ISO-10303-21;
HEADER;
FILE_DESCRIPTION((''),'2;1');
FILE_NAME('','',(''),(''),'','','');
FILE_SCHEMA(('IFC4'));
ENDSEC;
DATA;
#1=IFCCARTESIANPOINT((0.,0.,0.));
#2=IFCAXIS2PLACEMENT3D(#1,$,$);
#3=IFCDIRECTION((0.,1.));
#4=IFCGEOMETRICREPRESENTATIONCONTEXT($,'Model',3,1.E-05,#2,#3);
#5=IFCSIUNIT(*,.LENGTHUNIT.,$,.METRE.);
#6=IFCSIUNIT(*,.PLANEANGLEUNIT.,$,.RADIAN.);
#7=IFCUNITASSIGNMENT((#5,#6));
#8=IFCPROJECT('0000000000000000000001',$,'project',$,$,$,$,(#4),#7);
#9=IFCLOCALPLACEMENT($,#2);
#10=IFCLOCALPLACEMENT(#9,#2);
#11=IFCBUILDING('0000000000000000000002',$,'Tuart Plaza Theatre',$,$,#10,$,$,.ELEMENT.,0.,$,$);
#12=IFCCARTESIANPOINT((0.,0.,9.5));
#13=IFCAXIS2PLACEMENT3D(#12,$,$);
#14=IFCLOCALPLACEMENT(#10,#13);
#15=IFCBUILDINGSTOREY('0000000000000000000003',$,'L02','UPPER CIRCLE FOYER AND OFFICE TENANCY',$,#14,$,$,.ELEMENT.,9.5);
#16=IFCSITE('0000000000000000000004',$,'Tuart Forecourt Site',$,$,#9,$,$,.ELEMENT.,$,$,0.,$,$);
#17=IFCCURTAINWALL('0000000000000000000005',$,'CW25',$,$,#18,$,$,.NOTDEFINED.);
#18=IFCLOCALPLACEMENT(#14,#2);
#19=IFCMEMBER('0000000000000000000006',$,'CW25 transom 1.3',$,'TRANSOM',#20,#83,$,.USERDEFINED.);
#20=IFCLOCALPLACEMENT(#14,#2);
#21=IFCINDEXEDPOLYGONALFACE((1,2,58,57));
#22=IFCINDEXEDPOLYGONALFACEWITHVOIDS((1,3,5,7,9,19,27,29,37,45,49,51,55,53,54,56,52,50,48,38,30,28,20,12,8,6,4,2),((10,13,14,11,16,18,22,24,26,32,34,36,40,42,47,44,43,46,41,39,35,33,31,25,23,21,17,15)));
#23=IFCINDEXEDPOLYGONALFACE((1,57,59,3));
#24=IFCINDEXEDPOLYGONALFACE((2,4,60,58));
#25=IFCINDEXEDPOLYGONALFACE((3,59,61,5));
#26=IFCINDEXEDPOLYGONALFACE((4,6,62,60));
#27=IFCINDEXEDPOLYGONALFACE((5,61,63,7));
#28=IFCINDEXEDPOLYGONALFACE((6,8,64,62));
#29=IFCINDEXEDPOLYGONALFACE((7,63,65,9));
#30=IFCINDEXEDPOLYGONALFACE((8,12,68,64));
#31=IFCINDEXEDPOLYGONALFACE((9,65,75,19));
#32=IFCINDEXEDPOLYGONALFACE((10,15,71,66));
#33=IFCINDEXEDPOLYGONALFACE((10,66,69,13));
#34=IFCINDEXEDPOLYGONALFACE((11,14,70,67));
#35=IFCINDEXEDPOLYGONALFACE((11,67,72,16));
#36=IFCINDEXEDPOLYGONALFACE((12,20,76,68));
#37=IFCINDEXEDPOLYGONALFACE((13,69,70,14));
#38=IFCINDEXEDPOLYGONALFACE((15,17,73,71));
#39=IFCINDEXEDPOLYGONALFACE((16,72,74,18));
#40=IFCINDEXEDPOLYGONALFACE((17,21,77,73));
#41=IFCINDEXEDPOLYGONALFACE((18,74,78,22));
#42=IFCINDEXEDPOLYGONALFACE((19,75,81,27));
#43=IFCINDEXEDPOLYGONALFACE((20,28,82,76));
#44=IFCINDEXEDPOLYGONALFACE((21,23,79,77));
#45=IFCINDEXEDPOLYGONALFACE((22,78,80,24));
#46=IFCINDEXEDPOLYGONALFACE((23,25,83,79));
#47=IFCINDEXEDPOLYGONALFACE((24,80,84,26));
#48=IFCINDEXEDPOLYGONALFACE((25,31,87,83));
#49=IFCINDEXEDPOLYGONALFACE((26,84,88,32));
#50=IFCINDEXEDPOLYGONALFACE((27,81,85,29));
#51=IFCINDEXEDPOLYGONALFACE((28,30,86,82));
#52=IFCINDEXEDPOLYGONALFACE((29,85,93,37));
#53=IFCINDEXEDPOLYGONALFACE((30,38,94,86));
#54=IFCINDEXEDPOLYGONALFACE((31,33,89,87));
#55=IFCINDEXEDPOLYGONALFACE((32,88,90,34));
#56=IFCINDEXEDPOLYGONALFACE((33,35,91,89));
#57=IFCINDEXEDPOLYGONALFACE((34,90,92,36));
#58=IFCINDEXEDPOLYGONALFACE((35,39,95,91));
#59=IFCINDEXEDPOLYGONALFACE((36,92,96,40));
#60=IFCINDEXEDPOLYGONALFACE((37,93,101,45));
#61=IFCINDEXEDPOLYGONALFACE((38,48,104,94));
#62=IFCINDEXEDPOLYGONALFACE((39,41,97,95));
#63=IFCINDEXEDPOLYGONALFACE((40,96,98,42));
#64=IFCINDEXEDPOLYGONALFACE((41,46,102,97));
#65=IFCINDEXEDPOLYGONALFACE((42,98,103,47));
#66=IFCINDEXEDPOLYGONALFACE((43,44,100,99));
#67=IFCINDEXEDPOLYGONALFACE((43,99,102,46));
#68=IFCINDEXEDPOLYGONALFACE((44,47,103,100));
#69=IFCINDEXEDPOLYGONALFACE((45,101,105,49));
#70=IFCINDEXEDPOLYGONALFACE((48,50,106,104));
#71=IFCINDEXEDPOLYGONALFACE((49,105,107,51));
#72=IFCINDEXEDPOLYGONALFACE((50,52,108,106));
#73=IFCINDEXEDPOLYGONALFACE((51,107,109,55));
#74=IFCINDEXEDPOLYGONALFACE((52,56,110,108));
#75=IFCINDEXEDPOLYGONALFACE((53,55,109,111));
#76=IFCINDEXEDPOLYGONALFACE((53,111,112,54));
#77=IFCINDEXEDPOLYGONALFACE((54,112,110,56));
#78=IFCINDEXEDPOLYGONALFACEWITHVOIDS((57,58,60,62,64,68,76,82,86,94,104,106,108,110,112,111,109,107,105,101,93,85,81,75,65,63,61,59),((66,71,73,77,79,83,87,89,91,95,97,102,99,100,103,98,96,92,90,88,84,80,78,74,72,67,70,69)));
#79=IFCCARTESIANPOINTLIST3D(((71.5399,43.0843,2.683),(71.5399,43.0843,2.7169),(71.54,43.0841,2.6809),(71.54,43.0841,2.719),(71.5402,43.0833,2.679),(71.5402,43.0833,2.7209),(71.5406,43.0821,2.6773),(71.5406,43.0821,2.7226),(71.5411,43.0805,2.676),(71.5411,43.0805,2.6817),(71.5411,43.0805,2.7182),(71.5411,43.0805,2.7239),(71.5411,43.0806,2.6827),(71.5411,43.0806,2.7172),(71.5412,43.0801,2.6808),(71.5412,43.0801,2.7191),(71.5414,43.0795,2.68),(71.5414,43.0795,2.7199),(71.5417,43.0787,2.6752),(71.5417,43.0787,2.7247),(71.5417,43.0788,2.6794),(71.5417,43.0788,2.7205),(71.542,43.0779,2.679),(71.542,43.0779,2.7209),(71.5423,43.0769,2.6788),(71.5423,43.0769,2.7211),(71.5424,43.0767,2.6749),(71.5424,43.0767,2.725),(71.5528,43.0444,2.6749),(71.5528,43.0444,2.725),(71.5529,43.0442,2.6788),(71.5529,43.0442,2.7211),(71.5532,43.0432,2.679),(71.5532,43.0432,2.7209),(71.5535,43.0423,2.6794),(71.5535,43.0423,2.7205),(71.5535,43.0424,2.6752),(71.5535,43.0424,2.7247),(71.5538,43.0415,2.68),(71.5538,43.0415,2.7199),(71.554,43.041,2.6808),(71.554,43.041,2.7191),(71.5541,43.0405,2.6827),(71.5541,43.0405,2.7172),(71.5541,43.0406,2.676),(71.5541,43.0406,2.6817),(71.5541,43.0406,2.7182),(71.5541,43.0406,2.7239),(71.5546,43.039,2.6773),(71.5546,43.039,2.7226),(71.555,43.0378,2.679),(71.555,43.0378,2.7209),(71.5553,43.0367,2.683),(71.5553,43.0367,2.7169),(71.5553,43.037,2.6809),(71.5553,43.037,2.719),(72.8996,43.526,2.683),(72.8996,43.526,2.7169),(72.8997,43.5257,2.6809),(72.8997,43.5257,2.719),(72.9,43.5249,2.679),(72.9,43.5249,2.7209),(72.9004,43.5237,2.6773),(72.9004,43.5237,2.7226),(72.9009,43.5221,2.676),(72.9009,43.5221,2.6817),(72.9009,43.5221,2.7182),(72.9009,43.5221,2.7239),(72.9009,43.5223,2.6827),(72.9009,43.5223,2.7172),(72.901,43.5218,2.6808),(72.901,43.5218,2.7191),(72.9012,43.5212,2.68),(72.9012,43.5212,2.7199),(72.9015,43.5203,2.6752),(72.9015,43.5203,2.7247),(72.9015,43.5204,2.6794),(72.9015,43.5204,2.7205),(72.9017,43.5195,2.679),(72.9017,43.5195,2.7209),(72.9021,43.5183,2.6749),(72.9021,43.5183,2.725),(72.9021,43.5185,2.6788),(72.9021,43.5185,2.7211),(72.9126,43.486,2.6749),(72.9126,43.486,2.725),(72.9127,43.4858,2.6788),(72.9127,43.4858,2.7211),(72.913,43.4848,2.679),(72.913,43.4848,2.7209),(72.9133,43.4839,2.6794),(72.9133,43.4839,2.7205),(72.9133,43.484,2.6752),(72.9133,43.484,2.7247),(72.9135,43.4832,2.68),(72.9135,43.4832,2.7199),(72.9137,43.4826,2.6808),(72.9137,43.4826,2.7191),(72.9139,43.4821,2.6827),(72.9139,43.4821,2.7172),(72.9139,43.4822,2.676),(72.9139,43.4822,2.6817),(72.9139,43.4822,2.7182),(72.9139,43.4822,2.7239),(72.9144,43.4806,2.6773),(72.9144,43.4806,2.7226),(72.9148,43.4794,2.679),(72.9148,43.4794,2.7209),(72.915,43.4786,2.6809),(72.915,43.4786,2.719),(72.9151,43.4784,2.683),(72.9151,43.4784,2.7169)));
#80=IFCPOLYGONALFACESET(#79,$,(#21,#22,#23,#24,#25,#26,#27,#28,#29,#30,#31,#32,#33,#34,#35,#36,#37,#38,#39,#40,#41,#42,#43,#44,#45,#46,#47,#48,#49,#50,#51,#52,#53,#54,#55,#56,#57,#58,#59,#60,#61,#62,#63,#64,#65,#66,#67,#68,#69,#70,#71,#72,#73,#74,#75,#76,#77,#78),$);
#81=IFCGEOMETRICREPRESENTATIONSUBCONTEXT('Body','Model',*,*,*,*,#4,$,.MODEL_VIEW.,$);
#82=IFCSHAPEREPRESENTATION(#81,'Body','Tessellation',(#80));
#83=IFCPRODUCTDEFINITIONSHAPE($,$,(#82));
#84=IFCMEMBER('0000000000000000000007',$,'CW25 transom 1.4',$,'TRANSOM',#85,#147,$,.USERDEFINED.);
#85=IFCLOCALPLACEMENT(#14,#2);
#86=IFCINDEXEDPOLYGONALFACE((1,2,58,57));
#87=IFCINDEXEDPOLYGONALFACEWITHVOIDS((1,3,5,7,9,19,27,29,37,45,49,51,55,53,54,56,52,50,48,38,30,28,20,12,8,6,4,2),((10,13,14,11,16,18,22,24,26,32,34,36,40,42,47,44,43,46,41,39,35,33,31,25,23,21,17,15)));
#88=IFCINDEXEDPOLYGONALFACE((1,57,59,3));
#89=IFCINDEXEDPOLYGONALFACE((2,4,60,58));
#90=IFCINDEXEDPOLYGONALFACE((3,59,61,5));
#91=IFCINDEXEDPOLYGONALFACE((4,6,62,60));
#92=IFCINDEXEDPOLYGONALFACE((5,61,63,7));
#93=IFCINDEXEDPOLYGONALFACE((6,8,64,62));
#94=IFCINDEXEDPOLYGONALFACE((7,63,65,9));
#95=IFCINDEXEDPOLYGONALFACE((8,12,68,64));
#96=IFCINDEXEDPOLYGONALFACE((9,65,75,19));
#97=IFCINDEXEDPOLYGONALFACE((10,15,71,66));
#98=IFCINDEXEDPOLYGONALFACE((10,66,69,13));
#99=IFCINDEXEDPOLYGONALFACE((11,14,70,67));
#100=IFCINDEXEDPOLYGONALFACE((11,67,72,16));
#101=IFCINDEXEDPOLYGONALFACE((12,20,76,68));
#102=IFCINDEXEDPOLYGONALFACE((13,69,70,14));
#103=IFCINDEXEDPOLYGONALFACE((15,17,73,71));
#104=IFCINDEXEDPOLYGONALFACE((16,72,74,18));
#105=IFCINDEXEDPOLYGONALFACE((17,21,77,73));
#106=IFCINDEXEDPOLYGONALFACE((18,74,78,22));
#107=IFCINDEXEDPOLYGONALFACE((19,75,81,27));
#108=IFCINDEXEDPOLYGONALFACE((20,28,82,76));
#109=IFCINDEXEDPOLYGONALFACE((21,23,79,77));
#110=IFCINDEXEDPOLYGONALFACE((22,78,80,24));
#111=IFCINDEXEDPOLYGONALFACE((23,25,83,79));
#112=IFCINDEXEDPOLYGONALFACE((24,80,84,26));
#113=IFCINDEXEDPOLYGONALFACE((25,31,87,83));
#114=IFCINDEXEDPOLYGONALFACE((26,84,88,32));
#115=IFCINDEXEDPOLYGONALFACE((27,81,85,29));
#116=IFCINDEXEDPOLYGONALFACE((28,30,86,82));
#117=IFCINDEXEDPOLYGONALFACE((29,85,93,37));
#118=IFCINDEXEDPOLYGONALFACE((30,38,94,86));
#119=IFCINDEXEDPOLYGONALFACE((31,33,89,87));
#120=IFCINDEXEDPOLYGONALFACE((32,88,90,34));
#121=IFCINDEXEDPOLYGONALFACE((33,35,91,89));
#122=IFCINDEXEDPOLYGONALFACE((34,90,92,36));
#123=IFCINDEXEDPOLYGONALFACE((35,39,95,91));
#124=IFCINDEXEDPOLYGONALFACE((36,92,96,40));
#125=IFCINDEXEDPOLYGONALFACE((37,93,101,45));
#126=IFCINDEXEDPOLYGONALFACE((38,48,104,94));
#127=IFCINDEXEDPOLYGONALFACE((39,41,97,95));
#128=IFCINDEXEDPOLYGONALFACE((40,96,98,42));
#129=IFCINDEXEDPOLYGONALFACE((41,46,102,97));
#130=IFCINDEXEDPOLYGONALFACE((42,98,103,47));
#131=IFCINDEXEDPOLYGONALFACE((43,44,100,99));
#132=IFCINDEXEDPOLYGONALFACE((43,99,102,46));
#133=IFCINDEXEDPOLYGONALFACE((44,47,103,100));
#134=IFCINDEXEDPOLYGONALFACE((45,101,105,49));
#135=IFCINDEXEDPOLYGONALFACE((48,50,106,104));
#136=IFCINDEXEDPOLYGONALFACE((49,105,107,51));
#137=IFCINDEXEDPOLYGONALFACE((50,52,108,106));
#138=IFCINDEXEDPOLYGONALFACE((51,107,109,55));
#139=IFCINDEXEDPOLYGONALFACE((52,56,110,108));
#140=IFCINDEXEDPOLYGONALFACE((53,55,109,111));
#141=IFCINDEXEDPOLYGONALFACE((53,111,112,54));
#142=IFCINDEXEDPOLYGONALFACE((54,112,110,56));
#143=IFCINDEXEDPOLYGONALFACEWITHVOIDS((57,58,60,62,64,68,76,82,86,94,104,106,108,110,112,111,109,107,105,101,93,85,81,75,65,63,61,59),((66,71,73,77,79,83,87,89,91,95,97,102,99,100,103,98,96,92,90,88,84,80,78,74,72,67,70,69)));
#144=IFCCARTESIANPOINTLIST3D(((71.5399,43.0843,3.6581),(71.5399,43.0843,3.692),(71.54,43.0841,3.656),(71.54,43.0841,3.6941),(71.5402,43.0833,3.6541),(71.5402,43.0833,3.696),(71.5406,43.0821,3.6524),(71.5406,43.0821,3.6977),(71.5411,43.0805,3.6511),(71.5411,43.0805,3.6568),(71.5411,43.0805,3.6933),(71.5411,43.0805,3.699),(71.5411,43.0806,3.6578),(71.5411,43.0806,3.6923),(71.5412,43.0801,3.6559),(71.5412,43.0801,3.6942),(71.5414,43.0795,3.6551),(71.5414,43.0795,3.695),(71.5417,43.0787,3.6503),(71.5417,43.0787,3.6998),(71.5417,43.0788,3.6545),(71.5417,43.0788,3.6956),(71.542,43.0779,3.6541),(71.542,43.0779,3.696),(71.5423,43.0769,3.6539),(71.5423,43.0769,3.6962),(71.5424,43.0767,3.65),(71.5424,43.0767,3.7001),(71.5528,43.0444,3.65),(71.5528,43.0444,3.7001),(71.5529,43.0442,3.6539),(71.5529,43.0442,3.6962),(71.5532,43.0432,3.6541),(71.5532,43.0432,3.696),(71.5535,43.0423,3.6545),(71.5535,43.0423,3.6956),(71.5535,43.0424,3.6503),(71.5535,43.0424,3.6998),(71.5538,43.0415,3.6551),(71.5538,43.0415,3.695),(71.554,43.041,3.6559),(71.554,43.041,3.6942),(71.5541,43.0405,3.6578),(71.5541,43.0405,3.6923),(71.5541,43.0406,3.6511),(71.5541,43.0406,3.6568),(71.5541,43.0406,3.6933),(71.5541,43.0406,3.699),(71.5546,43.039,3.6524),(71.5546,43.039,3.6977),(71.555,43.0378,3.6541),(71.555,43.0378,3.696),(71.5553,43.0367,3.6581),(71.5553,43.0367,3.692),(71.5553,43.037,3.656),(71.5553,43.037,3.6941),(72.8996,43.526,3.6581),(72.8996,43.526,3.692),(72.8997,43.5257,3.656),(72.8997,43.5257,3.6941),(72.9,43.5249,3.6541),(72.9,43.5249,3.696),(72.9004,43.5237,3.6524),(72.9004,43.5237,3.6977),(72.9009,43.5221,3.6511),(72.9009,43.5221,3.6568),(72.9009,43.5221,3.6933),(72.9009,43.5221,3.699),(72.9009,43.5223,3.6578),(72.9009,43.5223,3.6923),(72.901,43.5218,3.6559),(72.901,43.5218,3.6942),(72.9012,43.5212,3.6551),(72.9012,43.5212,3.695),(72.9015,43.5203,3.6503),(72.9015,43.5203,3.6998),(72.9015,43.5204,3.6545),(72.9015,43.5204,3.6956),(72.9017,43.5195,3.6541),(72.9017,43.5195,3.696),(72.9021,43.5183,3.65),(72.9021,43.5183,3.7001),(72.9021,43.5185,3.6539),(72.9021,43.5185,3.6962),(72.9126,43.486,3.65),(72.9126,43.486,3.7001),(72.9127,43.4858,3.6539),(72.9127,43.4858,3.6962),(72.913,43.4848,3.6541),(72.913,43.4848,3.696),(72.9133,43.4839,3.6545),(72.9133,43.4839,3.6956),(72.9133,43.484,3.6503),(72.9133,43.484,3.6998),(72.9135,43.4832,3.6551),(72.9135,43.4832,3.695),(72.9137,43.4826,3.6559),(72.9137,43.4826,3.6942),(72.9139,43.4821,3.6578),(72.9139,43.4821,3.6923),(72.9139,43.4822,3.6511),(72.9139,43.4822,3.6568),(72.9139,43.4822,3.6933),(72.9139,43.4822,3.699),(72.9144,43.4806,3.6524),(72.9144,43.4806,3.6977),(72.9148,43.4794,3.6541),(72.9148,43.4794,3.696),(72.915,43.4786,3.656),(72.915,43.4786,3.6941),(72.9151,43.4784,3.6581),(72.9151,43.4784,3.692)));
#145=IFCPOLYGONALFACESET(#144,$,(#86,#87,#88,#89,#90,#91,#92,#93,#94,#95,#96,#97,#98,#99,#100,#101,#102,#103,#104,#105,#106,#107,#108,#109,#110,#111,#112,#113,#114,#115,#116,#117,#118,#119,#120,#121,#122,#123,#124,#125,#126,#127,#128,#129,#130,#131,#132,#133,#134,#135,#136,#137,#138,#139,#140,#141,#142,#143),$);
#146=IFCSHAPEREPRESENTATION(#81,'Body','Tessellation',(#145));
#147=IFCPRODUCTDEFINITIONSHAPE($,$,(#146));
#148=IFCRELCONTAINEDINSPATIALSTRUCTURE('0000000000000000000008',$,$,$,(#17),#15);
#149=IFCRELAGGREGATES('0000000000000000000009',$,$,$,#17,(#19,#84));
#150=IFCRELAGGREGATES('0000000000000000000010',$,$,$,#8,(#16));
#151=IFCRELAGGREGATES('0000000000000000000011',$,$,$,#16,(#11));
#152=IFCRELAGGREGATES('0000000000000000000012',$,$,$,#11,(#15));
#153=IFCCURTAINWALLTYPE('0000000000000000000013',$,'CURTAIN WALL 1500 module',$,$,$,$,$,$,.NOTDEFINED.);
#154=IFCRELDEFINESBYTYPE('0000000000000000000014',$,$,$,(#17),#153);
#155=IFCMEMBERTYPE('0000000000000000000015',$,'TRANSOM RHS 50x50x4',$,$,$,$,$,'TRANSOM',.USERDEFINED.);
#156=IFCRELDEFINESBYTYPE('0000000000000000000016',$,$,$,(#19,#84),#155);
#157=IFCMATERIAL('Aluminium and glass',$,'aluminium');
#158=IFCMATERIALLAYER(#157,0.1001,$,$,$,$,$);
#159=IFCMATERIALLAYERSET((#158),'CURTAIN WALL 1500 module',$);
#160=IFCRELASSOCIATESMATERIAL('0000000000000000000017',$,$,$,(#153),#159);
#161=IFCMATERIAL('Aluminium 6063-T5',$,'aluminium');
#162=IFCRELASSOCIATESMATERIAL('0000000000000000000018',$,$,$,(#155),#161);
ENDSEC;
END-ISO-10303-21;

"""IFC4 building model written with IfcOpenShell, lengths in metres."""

from ifc_helpers import new_model, si_unit, direction, frame, origin, origin_2d, place, context, subcontext, project, spatial, hollow_rectangle, extrude, material, layer, layer_set, material_profile, profile_set, type_object, element, aggregate, save


model = new_model("IFC4")

# Units and contexts
model_context = context("Model", 3, precision=1e-05, world=origin(), true_north=direction((0.0, 1.0)))
body_context = subcontext(model_context, "Body", "Model", "MODEL_VIEW")
ifc_project = project(units=[si_unit("LENGTHUNIT", "METRE"), si_unit("PLANEANGLEUNIT", "RADIAN")], contexts=[model_context])

# Site, building, storey
site_placement = place(None, origin())
site = spatial("IfcSite", under=ifc_project, at=site_placement, Name="Tuart Forecourt Site", CompositionType="ELEMENT", RefElevation=0.0)
building_placement = place(site_placement, origin())
building = spatial("IfcBuilding", under=site, at=building_placement, Name="Tuart Plaza Theatre", CompositionType="ELEMENT", ElevationOfRefHeight=0.0)
storey_placement = place(building_placement, frame((0.0, 0.0, 9.5)))
storey = spatial("IfcBuildingStorey", under=building, at=storey_placement, Name="L02", Description="UPPER CIRCLE FOYER AND OFFICE TENANCY", CompositionType="ELEMENT", Elevation=9.5)

# Curtain wall, members
ifc_material_1 = material(Name="Aluminium and glass", Category="aluminium")
ifc_layer_1 = layer(ifc_material_1, 0.1001)
ifc_layer_set_1 = layer_set([ifc_layer_1], Name="CURTAIN WALL 1500 module")
curtain_wall_type = type_object("IfcCurtainWallType", Name="CURTAIN WALL 1500 module", PredefinedType="NOTDEFINED", material=ifc_layer_set_1)
curtain_wall_placement = place(storey_placement, origin())
curtain_wall = element("IfcCurtainWall", 1, at=curtain_wall_placement, inside=storey, type_object=curtain_wall_type, Name="CW25", PredefinedType="NOTDEFINED")
ifc_material_2 = material(Name="Aluminium 6063-T5", Category="aluminium")
ifc_material_profile_1 = material_profile(ifc_material_2, hollow_rectangle(XDim=0.05, YDim=0.05, WallThickness=0.0039, InnerFilletRadius=0.0039, OuterFilletRadius=0.0081, at=origin_2d()), Name="RHS 50x50x4")
ifc_profile_set_1 = profile_set([ifc_material_profile_1], Name="Aluminium 6063-T5")
member_type_1 = type_object("IfcMemberType", Name="TRANSOM RHS 50x50x4", ElementType="TRANSOM", PredefinedType="USERDEFINED", material=ifc_profile_set_1)
member_1_placement = place(storey_placement, frame((71.5476, 43.0605, 2.7), z_axis=(0.951097, 0.308893, 0.0), x_axis=(-0.308893, 0.951097, 0.0)))
member_1 = element("IfcMember", 2, at=member_1_placement, type_object=member_type_1, Name="CW25 transom 1.3", ObjectType="TRANSOM", PredefinedType="USERDEFINED", context=body_context, shape_type="SweptSolid", body=[
    extrude(hollow_rectangle(XDim=0.05, YDim=0.05, WallThickness=0.0039, InnerFilletRadius=0.0039, OuterFilletRadius=0.0081, at=origin_2d()), origin(), (0.0, 0.0, 1.0), 1.4297),
])
member_2_placement = place(storey_placement, frame((71.5476, 43.0605, 3.675), z_axis=(0.951097, 0.308893, 0.0), x_axis=(-0.308893, 0.951097, 0.0)))
member_2 = element("IfcMember", 3, at=member_2_placement, type_object=member_type_1, Name="CW25 transom 1.4", ObjectType="TRANSOM", PredefinedType="USERDEFINED", context=body_context, shape_type="SweptSolid", body=[
    extrude(hollow_rectangle(XDim=0.05, YDim=0.05, WallThickness=0.0039, InnerFilletRadius=0.0039, OuterFilletRadius=0.0081, at=origin_2d()), origin(), (0.0, 0.0, 1.0), 1.4297),
])
aggregate(curtain_wall, [member_1, member_2])

save(model, "model.ifc")
